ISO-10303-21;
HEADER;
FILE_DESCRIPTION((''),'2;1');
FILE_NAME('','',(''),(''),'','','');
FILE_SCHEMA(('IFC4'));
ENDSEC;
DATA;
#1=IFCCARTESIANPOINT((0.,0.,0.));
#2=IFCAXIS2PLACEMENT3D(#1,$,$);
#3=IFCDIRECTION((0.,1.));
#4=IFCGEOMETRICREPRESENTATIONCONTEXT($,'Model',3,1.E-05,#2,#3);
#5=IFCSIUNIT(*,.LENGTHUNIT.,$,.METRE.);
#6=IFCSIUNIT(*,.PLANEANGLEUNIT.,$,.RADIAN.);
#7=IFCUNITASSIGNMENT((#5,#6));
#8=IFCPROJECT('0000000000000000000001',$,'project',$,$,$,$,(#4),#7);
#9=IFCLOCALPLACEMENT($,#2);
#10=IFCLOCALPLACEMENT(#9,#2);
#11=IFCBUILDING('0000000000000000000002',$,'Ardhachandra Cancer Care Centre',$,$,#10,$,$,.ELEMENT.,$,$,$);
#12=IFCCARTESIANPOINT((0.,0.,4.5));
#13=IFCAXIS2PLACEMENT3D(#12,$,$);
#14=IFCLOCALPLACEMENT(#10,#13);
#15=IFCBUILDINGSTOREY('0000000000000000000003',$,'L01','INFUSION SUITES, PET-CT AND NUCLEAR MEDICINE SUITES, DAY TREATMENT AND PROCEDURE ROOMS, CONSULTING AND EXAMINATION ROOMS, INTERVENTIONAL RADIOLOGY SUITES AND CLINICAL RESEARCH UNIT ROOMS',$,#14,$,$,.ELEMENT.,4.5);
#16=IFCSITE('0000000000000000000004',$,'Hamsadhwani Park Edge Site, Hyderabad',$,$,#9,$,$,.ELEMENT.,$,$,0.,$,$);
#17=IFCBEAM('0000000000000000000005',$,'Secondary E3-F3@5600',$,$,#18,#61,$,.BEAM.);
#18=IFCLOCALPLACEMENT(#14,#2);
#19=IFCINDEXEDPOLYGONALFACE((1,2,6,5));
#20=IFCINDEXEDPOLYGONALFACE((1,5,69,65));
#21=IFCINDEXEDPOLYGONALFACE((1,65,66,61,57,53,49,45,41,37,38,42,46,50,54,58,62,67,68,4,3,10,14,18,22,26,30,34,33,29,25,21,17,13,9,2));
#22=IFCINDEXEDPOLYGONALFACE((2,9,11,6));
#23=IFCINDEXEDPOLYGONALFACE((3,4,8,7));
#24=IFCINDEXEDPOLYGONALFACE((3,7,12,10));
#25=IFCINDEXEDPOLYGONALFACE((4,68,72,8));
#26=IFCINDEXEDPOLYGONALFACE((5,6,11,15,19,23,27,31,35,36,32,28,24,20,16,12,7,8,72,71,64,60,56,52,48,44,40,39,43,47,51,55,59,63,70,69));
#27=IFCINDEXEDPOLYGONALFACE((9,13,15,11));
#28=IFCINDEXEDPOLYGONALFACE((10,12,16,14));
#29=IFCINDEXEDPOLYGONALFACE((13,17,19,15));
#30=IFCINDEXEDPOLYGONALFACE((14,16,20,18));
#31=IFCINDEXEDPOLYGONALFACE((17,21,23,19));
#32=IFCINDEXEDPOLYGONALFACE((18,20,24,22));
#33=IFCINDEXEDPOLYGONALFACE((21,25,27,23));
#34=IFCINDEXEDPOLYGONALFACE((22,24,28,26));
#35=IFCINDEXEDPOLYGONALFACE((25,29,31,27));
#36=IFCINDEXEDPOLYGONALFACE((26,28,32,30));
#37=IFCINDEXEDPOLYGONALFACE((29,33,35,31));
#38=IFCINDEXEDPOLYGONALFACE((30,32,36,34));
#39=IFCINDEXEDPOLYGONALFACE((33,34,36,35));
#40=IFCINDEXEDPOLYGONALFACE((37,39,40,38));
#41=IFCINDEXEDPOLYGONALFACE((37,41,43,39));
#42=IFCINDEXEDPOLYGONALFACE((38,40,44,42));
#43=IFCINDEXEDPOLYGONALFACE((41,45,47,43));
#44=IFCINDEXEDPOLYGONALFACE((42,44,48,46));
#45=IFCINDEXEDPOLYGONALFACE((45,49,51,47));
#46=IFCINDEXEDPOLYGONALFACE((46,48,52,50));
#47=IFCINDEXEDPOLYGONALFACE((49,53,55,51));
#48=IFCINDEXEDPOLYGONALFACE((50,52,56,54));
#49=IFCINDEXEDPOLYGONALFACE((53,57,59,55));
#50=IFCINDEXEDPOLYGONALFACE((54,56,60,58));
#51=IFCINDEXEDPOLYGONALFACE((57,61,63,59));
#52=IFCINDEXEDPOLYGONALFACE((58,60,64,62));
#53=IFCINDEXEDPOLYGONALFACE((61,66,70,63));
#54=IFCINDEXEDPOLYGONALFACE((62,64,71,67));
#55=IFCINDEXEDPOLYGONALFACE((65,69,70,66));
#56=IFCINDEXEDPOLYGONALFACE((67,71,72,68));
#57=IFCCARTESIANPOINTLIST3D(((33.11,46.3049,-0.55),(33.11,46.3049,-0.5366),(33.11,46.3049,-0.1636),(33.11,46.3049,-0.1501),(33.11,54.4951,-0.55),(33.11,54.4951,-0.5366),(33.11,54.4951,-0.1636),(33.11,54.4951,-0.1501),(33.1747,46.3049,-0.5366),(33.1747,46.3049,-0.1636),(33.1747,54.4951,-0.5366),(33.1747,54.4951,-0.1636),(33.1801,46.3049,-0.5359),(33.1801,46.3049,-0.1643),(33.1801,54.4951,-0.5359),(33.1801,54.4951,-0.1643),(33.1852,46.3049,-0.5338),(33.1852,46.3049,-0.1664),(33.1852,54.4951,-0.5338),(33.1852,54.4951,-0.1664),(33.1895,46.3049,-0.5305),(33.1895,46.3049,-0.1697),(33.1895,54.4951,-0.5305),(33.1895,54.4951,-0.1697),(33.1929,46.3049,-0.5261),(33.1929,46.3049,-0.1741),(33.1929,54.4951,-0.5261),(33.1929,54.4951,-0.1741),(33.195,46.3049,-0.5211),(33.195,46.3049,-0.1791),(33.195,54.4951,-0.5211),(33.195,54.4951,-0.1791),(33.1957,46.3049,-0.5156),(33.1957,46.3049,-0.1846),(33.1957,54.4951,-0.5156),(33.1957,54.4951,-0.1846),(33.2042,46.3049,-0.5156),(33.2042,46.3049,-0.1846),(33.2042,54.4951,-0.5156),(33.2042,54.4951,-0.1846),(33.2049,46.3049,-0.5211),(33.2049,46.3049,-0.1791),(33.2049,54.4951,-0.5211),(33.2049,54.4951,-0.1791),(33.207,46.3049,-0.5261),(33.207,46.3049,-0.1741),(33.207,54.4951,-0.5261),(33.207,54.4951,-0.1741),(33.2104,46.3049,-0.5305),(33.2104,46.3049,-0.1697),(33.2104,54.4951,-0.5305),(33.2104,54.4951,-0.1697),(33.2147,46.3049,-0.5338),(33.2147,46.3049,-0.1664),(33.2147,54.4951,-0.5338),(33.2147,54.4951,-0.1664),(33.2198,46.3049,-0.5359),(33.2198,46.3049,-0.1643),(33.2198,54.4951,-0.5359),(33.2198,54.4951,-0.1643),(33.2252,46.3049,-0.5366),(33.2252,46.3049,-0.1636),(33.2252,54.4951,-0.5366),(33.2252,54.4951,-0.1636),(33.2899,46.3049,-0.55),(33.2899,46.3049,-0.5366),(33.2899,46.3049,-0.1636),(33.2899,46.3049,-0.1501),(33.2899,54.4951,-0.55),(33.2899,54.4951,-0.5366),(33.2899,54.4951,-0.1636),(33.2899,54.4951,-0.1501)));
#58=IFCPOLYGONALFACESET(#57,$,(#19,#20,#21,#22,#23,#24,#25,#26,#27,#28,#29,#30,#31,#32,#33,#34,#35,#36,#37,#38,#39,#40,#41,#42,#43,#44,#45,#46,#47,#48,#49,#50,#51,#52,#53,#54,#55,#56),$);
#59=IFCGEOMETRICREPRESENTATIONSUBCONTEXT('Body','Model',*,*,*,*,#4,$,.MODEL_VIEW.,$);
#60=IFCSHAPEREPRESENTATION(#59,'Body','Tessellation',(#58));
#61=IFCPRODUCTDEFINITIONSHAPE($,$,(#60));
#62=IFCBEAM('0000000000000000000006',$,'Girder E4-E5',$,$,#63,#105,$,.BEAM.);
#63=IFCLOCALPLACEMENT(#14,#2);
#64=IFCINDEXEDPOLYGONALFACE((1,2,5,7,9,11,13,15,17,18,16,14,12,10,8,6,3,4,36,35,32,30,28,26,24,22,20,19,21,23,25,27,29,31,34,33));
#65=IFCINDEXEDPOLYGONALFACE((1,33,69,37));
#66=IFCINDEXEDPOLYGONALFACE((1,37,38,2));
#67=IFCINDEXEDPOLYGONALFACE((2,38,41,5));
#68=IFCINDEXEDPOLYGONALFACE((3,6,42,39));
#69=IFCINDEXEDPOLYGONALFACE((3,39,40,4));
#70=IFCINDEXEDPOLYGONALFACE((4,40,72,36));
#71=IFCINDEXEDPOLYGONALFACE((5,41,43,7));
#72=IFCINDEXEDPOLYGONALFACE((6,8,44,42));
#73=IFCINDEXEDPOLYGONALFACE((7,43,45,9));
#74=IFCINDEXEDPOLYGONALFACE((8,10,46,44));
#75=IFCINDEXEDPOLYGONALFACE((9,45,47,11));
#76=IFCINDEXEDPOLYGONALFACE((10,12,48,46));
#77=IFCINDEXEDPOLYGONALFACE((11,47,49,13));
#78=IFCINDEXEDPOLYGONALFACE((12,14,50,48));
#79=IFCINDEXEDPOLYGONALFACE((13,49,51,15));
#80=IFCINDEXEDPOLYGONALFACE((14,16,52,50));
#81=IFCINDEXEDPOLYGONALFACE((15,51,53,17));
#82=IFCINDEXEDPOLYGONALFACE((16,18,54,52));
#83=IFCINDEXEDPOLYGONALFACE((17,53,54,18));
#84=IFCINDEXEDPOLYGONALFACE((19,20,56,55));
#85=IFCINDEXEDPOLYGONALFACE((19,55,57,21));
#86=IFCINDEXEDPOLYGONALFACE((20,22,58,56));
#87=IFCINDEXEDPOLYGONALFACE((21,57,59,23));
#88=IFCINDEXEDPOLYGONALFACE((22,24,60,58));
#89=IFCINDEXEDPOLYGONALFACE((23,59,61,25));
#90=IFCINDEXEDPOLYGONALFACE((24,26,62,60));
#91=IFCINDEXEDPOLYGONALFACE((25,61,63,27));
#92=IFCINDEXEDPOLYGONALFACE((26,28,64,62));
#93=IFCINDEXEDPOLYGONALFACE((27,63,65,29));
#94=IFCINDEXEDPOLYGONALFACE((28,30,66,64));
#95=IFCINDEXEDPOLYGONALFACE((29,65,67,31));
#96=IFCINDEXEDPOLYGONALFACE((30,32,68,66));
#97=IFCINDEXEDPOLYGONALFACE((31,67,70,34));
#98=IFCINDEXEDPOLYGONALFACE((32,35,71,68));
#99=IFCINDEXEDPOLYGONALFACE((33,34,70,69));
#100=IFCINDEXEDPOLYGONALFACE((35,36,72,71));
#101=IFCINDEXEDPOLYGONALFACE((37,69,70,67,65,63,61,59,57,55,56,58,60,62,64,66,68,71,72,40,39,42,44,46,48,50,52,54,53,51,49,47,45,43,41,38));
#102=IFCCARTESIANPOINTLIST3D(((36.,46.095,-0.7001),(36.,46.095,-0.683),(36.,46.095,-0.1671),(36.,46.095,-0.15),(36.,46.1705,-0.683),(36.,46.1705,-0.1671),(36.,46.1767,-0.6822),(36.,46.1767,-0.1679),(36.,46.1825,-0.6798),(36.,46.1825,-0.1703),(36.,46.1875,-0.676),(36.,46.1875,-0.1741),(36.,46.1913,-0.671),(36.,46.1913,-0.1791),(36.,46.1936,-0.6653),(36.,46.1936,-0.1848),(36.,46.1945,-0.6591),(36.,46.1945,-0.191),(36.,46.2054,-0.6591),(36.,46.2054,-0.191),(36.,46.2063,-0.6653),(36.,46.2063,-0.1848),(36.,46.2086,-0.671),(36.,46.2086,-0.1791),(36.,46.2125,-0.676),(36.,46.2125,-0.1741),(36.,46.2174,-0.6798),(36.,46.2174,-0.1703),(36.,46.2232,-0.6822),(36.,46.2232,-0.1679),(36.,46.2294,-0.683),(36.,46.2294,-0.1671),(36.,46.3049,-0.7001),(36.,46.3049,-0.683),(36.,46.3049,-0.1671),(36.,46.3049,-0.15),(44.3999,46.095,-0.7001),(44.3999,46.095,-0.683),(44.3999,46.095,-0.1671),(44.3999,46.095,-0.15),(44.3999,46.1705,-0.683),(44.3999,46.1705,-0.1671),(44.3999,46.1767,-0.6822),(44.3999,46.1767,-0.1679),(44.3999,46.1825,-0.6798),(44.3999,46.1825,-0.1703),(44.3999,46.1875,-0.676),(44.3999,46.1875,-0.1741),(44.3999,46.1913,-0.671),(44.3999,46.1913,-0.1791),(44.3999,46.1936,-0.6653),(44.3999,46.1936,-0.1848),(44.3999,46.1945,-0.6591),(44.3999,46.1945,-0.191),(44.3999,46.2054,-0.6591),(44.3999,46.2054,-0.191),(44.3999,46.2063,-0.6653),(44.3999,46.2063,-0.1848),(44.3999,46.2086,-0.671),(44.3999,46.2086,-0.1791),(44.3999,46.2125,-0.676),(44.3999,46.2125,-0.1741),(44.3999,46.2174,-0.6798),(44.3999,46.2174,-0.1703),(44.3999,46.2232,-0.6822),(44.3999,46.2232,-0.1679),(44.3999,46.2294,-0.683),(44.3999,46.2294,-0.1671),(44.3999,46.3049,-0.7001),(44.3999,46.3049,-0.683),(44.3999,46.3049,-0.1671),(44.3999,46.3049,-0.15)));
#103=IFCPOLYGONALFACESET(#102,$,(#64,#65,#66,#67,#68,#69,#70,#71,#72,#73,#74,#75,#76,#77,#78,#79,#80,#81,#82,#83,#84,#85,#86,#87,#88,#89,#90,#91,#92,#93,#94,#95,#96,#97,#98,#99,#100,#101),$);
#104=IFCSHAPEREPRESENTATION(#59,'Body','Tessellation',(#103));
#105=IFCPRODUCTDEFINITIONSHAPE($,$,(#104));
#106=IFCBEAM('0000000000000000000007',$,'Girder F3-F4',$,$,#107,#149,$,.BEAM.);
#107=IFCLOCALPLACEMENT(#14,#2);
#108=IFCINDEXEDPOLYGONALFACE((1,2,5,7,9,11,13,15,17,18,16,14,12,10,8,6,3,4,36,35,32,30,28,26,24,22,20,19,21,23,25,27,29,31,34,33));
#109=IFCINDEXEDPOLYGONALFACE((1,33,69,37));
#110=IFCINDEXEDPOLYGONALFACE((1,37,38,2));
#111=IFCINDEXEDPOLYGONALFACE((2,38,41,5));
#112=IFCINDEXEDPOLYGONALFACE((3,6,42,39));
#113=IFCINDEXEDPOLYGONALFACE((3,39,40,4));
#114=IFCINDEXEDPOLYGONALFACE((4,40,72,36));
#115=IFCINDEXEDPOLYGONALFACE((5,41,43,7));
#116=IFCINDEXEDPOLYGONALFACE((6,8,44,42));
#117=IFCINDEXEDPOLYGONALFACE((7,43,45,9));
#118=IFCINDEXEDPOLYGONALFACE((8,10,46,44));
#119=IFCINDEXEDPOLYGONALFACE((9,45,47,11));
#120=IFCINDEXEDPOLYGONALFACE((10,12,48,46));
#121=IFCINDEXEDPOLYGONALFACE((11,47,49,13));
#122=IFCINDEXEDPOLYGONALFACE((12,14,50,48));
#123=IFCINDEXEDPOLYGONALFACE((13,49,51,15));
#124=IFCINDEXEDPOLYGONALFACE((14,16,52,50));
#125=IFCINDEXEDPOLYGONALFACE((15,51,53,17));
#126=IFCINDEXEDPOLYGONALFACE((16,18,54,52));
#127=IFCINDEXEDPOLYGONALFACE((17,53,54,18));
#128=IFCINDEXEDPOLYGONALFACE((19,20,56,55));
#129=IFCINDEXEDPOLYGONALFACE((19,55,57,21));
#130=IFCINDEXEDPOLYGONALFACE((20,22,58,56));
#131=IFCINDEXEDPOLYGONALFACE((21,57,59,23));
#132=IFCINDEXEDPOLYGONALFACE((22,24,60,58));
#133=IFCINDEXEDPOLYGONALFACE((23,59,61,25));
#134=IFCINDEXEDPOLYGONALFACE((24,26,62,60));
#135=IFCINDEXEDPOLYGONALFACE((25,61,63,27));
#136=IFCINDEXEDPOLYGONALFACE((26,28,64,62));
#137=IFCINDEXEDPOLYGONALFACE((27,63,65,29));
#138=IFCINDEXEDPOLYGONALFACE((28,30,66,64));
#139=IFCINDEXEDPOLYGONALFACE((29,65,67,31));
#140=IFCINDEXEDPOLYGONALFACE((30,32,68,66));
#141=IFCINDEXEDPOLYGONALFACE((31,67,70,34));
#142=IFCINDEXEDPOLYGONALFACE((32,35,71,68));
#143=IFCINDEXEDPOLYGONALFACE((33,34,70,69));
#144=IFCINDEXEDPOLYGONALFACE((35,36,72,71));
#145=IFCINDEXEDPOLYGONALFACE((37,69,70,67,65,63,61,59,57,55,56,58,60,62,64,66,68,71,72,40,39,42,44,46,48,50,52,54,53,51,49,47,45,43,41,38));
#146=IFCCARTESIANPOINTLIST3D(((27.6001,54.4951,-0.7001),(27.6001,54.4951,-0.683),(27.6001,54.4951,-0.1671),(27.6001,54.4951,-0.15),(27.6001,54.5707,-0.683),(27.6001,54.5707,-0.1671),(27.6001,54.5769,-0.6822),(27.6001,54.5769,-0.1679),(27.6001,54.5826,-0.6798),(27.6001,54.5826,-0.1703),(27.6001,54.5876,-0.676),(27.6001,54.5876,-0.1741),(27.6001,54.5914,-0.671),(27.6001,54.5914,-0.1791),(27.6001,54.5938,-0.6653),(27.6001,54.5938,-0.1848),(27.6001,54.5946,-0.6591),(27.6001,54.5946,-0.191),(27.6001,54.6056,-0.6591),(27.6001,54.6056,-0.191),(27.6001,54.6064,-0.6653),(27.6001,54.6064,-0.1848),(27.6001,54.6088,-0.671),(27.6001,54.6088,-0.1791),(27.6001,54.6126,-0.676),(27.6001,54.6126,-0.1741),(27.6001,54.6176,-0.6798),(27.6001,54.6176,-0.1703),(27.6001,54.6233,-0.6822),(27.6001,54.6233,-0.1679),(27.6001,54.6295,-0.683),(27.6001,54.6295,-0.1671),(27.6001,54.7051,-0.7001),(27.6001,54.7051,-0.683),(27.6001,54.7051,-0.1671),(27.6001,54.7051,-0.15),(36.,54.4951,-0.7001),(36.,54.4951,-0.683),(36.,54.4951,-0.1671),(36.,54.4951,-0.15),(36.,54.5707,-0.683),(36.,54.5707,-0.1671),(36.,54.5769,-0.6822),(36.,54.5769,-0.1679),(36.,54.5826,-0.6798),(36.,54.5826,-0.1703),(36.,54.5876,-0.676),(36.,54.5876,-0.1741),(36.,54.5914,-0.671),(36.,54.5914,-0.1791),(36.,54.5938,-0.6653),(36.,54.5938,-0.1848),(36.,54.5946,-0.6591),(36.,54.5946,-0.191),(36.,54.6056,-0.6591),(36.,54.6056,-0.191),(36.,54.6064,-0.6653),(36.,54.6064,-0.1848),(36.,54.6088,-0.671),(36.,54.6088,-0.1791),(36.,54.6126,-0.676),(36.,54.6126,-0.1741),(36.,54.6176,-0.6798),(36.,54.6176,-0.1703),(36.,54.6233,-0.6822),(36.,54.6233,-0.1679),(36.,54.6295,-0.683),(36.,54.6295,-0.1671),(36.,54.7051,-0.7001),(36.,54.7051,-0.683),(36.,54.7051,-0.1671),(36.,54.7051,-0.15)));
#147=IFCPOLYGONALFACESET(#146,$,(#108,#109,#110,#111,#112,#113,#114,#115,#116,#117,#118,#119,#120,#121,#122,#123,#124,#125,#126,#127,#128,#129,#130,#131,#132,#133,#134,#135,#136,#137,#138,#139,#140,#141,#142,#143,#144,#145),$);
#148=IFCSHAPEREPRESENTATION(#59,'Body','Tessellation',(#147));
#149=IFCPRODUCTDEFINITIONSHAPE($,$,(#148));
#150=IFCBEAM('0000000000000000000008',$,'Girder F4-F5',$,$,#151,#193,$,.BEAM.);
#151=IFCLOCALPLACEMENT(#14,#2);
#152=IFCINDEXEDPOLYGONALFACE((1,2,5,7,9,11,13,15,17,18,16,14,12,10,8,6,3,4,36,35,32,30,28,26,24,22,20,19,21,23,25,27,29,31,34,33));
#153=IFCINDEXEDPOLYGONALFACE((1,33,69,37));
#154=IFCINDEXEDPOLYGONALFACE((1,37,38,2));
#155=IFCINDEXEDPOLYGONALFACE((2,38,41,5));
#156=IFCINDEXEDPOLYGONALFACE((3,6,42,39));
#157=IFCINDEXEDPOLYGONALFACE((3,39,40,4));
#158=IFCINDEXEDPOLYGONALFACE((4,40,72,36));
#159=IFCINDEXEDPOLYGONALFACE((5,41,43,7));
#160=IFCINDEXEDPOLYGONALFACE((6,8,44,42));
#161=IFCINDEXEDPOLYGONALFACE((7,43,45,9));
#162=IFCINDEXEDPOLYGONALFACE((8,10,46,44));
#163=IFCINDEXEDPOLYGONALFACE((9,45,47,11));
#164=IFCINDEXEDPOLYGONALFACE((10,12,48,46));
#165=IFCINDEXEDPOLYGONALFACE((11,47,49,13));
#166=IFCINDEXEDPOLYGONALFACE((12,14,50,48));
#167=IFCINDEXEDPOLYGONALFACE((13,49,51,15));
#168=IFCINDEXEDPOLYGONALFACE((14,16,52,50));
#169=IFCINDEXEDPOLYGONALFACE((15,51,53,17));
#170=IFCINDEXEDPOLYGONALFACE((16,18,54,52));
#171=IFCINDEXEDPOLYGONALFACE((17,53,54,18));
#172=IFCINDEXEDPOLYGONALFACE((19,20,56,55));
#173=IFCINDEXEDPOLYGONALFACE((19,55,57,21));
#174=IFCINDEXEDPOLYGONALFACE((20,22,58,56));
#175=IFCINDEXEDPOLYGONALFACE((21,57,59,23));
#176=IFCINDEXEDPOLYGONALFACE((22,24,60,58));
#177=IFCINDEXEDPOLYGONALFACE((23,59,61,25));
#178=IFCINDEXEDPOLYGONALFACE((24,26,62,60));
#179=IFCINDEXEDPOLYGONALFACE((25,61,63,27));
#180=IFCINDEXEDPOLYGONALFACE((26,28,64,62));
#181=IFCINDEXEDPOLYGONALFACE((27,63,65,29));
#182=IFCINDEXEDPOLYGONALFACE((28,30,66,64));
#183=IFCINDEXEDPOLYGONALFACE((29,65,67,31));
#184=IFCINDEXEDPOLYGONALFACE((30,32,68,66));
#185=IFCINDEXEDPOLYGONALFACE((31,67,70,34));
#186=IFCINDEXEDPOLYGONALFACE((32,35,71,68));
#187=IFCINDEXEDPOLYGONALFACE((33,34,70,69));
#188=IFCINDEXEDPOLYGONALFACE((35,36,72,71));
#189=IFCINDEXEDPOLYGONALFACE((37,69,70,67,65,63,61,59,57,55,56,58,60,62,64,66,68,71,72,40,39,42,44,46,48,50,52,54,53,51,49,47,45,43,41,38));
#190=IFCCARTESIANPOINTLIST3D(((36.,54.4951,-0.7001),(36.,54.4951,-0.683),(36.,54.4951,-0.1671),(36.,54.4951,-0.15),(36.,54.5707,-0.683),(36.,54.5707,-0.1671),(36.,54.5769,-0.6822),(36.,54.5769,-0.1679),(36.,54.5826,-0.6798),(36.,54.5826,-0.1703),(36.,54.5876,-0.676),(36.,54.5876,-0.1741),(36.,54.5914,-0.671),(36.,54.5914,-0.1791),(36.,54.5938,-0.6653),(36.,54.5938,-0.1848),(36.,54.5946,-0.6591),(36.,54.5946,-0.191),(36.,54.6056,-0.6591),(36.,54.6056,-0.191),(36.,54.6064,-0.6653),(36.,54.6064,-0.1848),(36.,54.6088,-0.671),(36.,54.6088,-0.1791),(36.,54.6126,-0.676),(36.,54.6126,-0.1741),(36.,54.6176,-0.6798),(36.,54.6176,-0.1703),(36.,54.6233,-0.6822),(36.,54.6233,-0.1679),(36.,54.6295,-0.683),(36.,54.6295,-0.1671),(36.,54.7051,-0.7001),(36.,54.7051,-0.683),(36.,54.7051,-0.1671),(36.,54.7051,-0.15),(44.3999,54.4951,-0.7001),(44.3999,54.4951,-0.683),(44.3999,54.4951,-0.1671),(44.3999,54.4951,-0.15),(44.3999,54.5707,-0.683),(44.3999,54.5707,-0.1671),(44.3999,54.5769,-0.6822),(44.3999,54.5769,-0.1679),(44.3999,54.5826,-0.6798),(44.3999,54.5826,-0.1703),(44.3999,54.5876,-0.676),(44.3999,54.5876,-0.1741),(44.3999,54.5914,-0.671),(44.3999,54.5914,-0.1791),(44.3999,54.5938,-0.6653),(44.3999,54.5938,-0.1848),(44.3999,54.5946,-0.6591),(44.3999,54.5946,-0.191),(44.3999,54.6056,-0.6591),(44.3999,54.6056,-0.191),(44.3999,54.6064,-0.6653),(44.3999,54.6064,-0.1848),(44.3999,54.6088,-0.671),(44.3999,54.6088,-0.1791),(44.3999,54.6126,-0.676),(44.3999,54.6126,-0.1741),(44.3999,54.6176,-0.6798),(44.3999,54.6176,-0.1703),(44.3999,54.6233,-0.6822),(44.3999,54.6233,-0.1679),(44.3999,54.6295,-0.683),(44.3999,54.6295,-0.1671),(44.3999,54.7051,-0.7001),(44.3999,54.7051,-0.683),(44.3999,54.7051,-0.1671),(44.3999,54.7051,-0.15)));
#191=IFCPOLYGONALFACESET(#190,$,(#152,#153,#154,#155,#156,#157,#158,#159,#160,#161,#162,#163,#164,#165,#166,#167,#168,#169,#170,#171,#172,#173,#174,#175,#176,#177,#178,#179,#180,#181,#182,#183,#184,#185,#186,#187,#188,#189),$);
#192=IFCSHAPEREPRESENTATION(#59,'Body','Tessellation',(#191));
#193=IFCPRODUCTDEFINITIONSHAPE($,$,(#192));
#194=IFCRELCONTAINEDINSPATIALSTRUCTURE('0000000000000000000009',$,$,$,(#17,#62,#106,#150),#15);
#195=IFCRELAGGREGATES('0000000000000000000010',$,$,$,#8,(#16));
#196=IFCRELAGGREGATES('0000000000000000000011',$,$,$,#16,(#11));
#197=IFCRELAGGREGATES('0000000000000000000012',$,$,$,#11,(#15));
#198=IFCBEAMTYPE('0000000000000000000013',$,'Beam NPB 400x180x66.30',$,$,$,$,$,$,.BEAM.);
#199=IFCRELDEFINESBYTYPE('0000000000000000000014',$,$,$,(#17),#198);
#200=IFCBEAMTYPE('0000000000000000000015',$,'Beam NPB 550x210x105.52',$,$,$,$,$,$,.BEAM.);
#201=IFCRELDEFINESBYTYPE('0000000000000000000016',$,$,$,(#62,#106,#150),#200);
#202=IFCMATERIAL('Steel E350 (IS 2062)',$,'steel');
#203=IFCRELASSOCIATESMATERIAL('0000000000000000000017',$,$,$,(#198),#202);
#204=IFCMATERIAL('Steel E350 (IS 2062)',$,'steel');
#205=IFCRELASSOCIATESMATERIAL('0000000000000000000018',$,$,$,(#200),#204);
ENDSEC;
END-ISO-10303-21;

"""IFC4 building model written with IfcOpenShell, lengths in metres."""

from ifc_helpers import new_model, si_unit, direction, frame, origin, origin_2d, place, context, subcontext, project, spatial, i_section, extrude, material, material_profile, profile_set, type_object, element, save


model = new_model("IFC4")

# Units and contexts
model_context = context("Model", 3, precision=1e-05, world=origin(), true_north=direction((0.0, 1.0)))
body_context = subcontext(model_context, "Body", "Model", "MODEL_VIEW")
ifc_project = project(units=[si_unit("LENGTHUNIT", "METRE"), si_unit("PLANEANGLEUNIT", "RADIAN")], contexts=[model_context])

# Site, building, storey
site_placement = place(None, origin())
site = spatial("IfcSite", under=ifc_project, at=site_placement, Name="Hamsadhwani Park Edge Site, Hyderabad", CompositionType="ELEMENT", RefElevation=0.0)
building_placement = place(site_placement, origin())
building = spatial("IfcBuilding", under=site, at=building_placement, Name="Ardhachandra Cancer Care Centre", CompositionType="ELEMENT")
storey_placement = place(building_placement, frame((0.0, 0.0, 4.5)))
storey = spatial("IfcBuildingStorey", under=building, at=storey_placement, Name="L01", Description="INFUSION SUITES, PET-CT AND NUCLEAR MEDICINE SUITES, DAY TREATMENT AND PROCEDURE ROOMS, CONSULTING AND EXAMINATION ROOMS, INTERVENTIONAL RADIOLOGY SUITES AND CLINICAL RESEARCH UNIT ROOMS", CompositionType="ELEMENT", Elevation=4.5)

# Beams
ifc_material_1 = material(Name="Steel E350 (IS 2062)", Category="steel")
ifc_material_profile_1 = material_profile(ifc_material_1, i_section(OverallWidth=0.1799, OverallDepth=0.3999, WebThickness=0.0085, FlangeThickness=0.0134, FilletRadius=0.021, at=origin_2d()), Name="NPB 400x180x66.30")
ifc_profile_set_1 = profile_set([ifc_material_profile_1], Name="Steel E350 (IS 2062)")
beam_type_1 = type_object("IfcBeamType", Name="Beam NPB 400x180x66.30", PredefinedType="BEAM", material=ifc_profile_set_1)
for number, where, z_axis, x_axis, name in (
    (1, (33.2, 46.3049, -0.3501), (0.0, 1.0, 0.0), (-1.0, 0.0, 0.0), "Secondary E3-F3@5600"),
):
    element("IfcBeam", number, at=place(storey_placement, frame(where, z_axis=z_axis, x_axis=x_axis)), inside=storey, type_object=beam_type_1, Name=name, PredefinedType="BEAM", context=body_context, shape_type="SweptSolid", body=[
        extrude(i_section(OverallWidth=0.1799, OverallDepth=0.3999, WebThickness=0.0085, FlangeThickness=0.0134, FilletRadius=0.021, at=origin_2d()), origin(), (0.0, 0.0, 1.0), 8.1902),
    ])
ifc_material_2 = material(Name="Steel E350 (IS 2062)", Category="steel")
ifc_material_profile_2 = material_profile(ifc_material_2, i_section(OverallWidth=0.21, OverallDepth=0.55, WebThickness=0.011, FlangeThickness=0.0171, FilletRadius=0.0239, at=origin_2d()), Name="NPB 550x210x105.52")
ifc_profile_set_2 = profile_set([ifc_material_profile_2], Name="Steel E350 (IS 2062)")
beam_type_2 = type_object("IfcBeamType", Name="Beam NPB 550x210x105.52", PredefinedType="BEAM", material=ifc_profile_set_2)
for number, where, z_axis, x_axis, name in (
    (2, (36.0, 46.2, -0.425), (1.0, 0.0, 0.0), (0.0, 1.0, 0.0), "Girder E4-E5"),
    (3, (27.6001, 54.6001, -0.425), (1.0, 0.0, 0.0), (0.0, 1.0, 0.0), "Girder F3-F4"),
    (4, (36.0, 54.6001, -0.425), (1.0, 0.0, 0.0), (0.0, 1.0, 0.0), "Girder F4-F5"),
):
    element("IfcBeam", number, at=place(storey_placement, frame(where, z_axis=z_axis, x_axis=x_axis)), inside=storey, type_object=beam_type_2, Name=name, PredefinedType="BEAM", context=body_context, shape_type="SweptSolid", body=[
        extrude(i_section(OverallWidth=0.21, OverallDepth=0.55, WebThickness=0.011, FlangeThickness=0.0171, FilletRadius=0.0239, at=origin_2d()), origin(), (0.0, 0.0, 1.0), 8.3999),
    ])

save(model, "model.ifc")
